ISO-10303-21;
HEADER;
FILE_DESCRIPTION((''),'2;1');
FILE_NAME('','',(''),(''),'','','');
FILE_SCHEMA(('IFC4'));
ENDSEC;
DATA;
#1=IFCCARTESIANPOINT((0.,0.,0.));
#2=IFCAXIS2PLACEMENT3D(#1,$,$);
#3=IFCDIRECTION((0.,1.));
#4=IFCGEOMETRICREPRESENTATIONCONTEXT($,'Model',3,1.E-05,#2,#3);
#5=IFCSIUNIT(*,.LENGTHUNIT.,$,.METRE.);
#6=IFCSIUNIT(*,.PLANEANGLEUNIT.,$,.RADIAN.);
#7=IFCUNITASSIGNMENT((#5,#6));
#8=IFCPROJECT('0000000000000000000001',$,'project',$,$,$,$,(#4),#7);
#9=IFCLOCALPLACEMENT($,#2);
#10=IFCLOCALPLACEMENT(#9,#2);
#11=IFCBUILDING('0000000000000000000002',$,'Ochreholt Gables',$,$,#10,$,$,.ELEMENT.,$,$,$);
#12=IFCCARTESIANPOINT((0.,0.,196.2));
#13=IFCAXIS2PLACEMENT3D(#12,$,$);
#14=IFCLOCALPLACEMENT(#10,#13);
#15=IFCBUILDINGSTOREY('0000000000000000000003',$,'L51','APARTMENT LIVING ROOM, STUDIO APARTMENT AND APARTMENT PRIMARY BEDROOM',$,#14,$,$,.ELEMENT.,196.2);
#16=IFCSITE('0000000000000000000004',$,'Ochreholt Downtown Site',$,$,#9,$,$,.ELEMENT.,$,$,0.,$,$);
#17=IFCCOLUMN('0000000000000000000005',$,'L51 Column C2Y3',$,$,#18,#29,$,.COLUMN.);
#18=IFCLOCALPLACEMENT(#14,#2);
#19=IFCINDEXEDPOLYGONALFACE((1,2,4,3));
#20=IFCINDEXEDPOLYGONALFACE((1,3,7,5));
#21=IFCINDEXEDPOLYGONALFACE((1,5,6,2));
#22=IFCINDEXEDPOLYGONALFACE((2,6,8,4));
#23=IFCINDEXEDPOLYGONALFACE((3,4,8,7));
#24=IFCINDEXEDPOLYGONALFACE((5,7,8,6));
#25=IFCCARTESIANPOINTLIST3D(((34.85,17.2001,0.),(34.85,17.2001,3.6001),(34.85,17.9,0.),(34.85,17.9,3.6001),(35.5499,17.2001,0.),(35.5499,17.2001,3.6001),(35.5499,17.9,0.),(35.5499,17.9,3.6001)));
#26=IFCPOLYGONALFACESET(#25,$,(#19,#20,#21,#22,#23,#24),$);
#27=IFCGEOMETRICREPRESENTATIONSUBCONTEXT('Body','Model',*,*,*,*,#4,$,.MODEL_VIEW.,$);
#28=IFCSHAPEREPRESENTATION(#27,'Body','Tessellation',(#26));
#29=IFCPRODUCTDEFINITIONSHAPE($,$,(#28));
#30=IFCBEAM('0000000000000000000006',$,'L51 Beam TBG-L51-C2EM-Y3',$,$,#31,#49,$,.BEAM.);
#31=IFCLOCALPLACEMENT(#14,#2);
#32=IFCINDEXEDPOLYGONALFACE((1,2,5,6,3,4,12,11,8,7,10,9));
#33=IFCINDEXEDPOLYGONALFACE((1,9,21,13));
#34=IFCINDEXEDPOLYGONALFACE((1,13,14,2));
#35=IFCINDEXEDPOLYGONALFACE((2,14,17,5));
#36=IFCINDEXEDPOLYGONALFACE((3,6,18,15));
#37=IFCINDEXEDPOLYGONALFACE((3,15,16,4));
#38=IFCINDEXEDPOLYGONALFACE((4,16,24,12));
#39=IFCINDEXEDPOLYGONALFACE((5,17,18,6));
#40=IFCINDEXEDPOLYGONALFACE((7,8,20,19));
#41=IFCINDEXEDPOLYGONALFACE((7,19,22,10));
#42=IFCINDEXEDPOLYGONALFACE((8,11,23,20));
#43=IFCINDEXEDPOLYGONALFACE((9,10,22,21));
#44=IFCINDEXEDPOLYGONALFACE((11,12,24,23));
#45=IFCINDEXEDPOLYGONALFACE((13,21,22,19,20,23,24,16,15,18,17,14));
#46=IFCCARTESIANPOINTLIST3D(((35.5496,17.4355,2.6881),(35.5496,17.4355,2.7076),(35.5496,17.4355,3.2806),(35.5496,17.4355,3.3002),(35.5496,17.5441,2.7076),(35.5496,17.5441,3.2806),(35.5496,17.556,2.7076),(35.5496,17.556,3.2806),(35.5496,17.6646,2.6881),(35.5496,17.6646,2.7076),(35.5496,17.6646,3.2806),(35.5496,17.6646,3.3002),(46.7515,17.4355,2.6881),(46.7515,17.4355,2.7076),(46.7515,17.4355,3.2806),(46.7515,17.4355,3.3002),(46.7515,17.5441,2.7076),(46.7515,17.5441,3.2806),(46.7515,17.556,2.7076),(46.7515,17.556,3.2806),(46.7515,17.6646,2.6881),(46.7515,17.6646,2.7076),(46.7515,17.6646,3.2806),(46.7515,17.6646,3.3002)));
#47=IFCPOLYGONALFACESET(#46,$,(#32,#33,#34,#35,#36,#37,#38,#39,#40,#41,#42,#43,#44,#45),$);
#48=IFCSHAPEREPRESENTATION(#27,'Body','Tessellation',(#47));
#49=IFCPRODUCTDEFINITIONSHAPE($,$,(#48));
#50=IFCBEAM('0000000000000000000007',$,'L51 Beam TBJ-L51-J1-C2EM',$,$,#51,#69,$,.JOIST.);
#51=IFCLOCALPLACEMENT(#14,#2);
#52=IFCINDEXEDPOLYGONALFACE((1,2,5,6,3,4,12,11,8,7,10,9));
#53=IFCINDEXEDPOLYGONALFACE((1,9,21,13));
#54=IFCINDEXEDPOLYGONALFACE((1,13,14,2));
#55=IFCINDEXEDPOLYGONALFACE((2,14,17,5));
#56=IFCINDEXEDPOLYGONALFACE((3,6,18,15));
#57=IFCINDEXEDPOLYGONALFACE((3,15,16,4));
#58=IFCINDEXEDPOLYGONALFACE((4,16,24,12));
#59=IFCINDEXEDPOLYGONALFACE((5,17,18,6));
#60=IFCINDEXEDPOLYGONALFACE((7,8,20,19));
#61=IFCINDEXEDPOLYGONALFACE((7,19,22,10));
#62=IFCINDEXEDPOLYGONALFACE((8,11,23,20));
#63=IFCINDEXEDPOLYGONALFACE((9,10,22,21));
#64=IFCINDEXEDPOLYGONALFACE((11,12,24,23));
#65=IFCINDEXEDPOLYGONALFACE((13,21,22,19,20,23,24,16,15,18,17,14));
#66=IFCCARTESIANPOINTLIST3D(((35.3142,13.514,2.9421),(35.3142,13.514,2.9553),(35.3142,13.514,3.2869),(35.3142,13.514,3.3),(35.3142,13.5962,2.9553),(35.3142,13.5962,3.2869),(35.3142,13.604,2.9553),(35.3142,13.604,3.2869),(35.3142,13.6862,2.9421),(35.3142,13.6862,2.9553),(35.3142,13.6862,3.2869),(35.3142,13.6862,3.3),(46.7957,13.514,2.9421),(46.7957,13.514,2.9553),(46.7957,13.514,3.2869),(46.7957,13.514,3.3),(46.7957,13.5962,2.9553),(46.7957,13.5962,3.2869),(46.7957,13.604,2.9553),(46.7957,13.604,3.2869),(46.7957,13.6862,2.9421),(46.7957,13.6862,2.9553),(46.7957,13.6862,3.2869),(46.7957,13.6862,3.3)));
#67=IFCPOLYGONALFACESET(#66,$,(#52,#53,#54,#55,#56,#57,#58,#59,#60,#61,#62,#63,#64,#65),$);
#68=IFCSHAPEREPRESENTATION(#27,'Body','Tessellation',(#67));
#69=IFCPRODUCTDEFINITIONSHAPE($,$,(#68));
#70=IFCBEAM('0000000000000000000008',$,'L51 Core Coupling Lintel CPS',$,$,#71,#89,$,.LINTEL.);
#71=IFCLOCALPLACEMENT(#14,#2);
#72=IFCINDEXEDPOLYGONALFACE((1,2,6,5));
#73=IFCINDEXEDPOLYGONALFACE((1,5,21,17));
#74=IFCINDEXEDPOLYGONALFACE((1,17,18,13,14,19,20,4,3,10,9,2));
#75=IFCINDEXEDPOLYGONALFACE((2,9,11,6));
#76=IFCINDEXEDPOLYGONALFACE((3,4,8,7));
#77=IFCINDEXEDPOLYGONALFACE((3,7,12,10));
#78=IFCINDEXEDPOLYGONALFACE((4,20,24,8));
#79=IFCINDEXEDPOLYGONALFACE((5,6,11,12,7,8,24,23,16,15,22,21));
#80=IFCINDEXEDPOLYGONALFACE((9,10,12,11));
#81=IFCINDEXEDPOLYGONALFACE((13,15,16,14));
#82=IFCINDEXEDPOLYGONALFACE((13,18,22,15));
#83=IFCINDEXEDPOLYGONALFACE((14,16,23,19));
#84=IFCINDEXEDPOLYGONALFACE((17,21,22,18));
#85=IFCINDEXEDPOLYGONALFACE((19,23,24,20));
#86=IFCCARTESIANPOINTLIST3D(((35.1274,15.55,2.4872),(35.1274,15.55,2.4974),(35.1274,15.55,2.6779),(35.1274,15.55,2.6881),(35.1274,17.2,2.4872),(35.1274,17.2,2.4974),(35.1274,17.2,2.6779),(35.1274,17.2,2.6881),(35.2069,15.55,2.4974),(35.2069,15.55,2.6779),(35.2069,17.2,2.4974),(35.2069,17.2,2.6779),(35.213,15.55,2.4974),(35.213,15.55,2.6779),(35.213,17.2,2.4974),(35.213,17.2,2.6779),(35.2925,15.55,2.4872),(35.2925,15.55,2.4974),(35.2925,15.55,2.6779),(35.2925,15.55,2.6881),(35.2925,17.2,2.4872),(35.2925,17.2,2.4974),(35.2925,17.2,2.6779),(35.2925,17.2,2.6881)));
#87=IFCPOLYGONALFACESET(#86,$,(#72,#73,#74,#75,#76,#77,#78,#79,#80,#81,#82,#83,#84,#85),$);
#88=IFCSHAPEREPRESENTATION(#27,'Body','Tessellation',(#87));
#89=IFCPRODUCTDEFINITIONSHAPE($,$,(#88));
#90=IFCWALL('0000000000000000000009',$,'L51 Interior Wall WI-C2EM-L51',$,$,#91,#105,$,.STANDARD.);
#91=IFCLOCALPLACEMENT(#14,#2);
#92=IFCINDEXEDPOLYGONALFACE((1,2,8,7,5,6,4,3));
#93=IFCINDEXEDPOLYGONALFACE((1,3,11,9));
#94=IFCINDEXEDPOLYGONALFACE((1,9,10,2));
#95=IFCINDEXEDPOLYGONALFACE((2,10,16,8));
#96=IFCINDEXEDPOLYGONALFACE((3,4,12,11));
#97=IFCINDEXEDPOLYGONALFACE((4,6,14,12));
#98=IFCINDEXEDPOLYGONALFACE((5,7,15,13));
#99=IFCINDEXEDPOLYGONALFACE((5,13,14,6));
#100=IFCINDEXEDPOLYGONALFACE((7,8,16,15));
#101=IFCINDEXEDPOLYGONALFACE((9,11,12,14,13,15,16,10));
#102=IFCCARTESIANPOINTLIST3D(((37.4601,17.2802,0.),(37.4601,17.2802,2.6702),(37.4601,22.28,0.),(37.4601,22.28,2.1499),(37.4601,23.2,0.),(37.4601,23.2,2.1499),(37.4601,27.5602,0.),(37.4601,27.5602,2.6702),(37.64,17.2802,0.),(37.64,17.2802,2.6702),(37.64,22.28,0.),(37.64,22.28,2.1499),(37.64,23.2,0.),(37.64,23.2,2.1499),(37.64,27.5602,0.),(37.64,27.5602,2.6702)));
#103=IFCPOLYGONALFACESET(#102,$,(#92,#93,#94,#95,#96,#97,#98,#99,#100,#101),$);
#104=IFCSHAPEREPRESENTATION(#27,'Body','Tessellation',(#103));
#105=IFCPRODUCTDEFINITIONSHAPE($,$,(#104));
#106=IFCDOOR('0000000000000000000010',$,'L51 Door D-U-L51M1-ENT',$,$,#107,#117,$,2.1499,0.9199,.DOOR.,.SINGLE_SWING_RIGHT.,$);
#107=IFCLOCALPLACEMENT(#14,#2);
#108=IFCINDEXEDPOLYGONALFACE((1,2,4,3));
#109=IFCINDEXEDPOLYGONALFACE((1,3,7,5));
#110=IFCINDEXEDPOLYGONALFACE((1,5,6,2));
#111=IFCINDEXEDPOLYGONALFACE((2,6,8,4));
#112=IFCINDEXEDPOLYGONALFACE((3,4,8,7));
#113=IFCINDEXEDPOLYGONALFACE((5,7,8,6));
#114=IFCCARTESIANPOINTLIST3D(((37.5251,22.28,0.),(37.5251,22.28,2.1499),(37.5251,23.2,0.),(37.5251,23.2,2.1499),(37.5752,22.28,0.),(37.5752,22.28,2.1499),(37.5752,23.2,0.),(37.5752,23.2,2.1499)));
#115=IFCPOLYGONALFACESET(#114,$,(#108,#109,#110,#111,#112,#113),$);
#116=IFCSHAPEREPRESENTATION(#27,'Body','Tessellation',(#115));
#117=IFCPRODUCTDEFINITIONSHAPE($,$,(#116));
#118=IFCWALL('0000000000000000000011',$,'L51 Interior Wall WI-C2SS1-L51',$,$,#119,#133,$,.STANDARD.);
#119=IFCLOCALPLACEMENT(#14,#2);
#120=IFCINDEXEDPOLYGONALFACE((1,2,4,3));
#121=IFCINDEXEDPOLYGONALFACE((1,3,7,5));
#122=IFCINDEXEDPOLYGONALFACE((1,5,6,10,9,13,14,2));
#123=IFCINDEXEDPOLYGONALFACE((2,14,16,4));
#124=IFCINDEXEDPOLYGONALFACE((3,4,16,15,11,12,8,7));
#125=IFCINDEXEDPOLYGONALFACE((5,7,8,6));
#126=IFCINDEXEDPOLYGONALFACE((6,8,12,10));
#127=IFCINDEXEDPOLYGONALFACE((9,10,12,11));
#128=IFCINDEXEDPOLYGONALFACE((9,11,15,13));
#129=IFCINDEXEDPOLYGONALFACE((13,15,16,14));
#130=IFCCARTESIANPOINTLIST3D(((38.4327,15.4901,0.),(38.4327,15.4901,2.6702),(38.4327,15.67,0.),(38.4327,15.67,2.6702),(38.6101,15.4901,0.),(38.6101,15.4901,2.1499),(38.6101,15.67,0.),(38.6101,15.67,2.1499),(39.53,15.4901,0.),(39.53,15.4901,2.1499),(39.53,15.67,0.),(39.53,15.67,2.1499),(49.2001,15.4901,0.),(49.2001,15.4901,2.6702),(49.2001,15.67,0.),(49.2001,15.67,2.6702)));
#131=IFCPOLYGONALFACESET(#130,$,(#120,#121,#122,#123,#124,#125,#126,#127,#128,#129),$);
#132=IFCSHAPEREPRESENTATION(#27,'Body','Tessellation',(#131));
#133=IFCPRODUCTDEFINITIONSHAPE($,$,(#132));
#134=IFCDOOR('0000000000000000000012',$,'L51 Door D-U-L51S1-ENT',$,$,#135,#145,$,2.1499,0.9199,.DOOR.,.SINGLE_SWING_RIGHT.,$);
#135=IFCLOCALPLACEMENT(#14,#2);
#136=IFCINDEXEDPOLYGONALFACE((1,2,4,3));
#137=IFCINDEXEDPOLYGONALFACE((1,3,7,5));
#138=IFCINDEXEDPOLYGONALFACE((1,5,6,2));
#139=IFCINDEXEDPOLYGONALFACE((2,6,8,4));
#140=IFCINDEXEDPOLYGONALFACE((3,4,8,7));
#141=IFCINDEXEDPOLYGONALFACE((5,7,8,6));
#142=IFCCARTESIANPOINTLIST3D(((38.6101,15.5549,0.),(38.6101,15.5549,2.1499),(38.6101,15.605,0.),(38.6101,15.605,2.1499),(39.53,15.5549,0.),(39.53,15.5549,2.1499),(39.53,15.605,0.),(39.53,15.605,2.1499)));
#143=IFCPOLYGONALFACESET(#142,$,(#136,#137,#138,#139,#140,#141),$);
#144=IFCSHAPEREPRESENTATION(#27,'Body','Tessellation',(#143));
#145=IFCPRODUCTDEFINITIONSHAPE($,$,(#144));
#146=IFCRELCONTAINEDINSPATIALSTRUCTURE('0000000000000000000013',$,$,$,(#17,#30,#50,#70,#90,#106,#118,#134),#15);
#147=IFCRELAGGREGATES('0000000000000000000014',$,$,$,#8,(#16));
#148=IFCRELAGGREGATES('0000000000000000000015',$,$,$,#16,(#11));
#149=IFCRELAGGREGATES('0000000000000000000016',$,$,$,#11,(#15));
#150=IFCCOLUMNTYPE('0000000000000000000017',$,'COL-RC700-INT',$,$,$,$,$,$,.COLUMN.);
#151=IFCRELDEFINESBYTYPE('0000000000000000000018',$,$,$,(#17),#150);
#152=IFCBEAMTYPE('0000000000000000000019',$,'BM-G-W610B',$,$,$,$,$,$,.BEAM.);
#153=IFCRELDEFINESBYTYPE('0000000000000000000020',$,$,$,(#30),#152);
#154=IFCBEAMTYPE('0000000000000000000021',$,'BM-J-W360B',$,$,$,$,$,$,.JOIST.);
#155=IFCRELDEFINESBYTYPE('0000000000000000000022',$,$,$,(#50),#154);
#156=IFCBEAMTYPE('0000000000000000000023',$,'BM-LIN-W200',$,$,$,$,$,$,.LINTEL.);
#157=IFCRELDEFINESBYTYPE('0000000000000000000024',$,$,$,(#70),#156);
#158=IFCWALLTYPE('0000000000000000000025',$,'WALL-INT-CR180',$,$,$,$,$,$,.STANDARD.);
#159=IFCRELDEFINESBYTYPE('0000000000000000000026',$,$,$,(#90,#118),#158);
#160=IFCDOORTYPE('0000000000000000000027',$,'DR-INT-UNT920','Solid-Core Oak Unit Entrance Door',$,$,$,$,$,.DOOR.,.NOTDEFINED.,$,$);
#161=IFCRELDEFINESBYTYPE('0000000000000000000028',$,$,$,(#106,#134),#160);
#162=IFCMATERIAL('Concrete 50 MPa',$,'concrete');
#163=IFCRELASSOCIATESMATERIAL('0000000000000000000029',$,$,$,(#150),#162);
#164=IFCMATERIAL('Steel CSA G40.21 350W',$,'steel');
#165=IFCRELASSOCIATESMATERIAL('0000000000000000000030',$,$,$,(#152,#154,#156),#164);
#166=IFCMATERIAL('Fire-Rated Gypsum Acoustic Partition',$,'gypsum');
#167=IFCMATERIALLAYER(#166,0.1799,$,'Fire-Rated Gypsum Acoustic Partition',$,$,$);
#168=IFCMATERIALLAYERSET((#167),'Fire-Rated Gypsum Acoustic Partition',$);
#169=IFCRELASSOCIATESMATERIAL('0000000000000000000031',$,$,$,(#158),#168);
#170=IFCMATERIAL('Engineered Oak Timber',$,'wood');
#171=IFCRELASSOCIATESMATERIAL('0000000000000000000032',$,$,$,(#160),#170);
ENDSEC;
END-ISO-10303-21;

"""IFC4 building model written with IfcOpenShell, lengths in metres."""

from ifc_helpers import new_model, si_unit, direction, frame, frame_2d, origin, origin_2d, place, context, subcontext, project, spatial, rectangle, i_section, extrude, material, layer, layer_set, material_profile, profile_set, type_object, element, fill, save


model = new_model("IFC4")

# Units and contexts
model_context = context("Model", 3, precision=1e-05, world=origin(), true_north=direction((0.0, 1.0)))
body_context = subcontext(model_context, "Body", "Model", "MODEL_VIEW")
ifc_project = project(units=[si_unit("LENGTHUNIT", "METRE"), si_unit("PLANEANGLEUNIT", "RADIAN")], contexts=[model_context])

# Site, building, storey
site_placement = place(None, origin())
site = spatial("IfcSite", under=ifc_project, at=site_placement, Name="Ochreholt Downtown Site", CompositionType="ELEMENT", RefElevation=0.0)
building_placement = place(site_placement, origin())
building = spatial("IfcBuilding", under=site, at=building_placement, Name="Ochreholt Gables", CompositionType="ELEMENT")
storey_placement = place(building_placement, frame((0.0, 0.0, 196.2)))
storey = spatial("IfcBuildingStorey", under=building, at=storey_placement, Name="L51", Description="APARTMENT LIVING ROOM, STUDIO APARTMENT AND APARTMENT PRIMARY BEDROOM", CompositionType="ELEMENT", Elevation=196.2)

# Column
ifc_material_1 = material(Name="Concrete 50 MPa", Category="concrete")
ifc_material_profile_1 = material_profile(ifc_material_1, rectangle(XDim=0.7, YDim=0.7, at=origin_2d()), Name="RC700X700")
ifc_profile_set_1 = profile_set([ifc_material_profile_1], Name="Concrete 50 MPa")
column_type = type_object("IfcColumnType", Name="COL-RC700-INT", PredefinedType="COLUMN", material=ifc_profile_set_1)
column_placement = place(storey_placement, frame((35.2, 17.55, 0.0), z_axis=(0.0, 0.0, 1.0), x_axis=(1.0, 0.0, 0.0)))
element("IfcColumn", 1, at=column_placement, inside=storey, type_object=column_type, Name="L51 Column C2Y3", PredefinedType="COLUMN", context=body_context, shape_type="SweptSolid", body=[
    extrude(rectangle(XDim=0.7, YDim=0.7, at=origin_2d()), origin(), (0.0, 0.0, 1.0), 3.6001),
])

# Beams
ifc_material_2 = material(Name="Steel CSA G40.21 350W", Category="steel")
ifc_material_profile_2 = material_profile(ifc_material_2, i_section(OverallWidth=0.229, OverallDepth=0.6121, WebThickness=0.012, FlangeThickness=0.0195, at=origin_2d()), Name="W610X125")
ifc_profile_set_2 = profile_set([ifc_material_profile_2], Name="Steel CSA G40.21 350W")
beam_type_1 = type_object("IfcBeamType", Name="BM-G-W610B", PredefinedType="BEAM", material=ifc_profile_set_2)
beam_1_placement = place(storey_placement, frame((35.5496, 17.55, 2.9941), z_axis=(1.0, 0.0, 0.0), x_axis=(0.0, 1.0, 0.0)))
element("IfcBeam", 2, at=beam_1_placement, inside=storey, type_object=beam_type_1, Name="L51 Beam TBG-L51-C2EM-Y3", PredefinedType="BEAM", context=body_context, shape_type="SweptSolid", body=[
    extrude(i_section(OverallWidth=0.229, OverallDepth=0.6121, WebThickness=0.012, FlangeThickness=0.0195, at=origin_2d()), origin(), (0.0, 0.0, 1.0), 11.2019),
])
ifc_material_profile_3 = material_profile(ifc_material_2, i_section(OverallWidth=0.1721, OverallDepth=0.3579, WebThickness=0.0078, FlangeThickness=0.0132, at=origin_2d()), Name="W360X57")
ifc_profile_set_3 = profile_set([ifc_material_profile_3], Name="Steel CSA G40.21 350W")
beam_type_2 = type_object("IfcBeamType", Name="BM-J-W360B", PredefinedType="JOIST", material=ifc_profile_set_3)
beam_2_placement = place(storey_placement, frame((35.3142, 13.6001, 3.1211), z_axis=(1.0, 0.0, 0.0), x_axis=(0.0, 1.0, 0.0)))
element("IfcBeam", 3, at=beam_2_placement, inside=storey, type_object=beam_type_2, Name="L51 Beam TBJ-L51-J1-C2EM", PredefinedType="JOIST", context=body_context, shape_type="SweptSolid", body=[
    extrude(i_section(OverallWidth=0.1721, OverallDepth=0.3579, WebThickness=0.0078, FlangeThickness=0.0132, at=origin_2d()), origin(), (0.0, 0.0, 1.0), 11.4814),
])
ifc_material_profile_4 = material_profile(ifc_material_2, i_section(OverallWidth=0.165, OverallDepth=0.2009, WebThickness=0.0061, FlangeThickness=0.0103, at=origin_2d()), Name="W200X36")
ifc_profile_set_4 = profile_set([ifc_material_profile_4], Name="Steel CSA G40.21 350W")
beam_type_3 = type_object("IfcBeamType", Name="BM-LIN-W200", PredefinedType="LINTEL", material=ifc_profile_set_4)
beam_3_placement = place(storey_placement, frame((35.21, 15.55, 2.5876), z_axis=(0.0, 1.0, 0.0), x_axis=(-1.0, 0.0, 0.0)))
element("IfcBeam", 4, at=beam_3_placement, inside=storey, type_object=beam_type_3, Name="L51 Core Coupling Lintel CPS", PredefinedType="LINTEL", context=body_context, shape_type="SweptSolid", body=[
    extrude(i_section(OverallWidth=0.165, OverallDepth=0.2009, WebThickness=0.0061, FlangeThickness=0.0103, at=origin_2d()), origin(), (0.0, 0.0, 1.0), 1.6499),
])

# Walls, openings, doors
ifc_material_3 = material(Name="Fire-Rated Gypsum Acoustic Partition", Category="gypsum")
ifc_layer_1 = layer(ifc_material_3, 0.1799, Name="Fire-Rated Gypsum Acoustic Partition")
ifc_layer_set_1 = layer_set([ifc_layer_1], Name="Fire-Rated Gypsum Acoustic Partition")
wall_type_1 = type_object("IfcWallType", Name="WALL-INT-CR180", PredefinedType="STANDARD", material=ifc_layer_set_1)
wall_1_placement = place(storey_placement, frame((37.55, 17.28, 0.0), z_axis=(0.0, 0.0, 1.0), x_axis=(0.0, 1.0, 0.0)))
wall_1 = element("IfcWall", 5, at=wall_1_placement, inside=storey, type_object=wall_type_1, Name="L51 Interior Wall WI-C2EM-L51", PredefinedType="STANDARD", context=body_context, shape_type="SweptSolid", body=[
    extrude(rectangle(XDim=10.28, YDim=0.1799, at=frame_2d((5.1401, 0.0))), origin(), (0.0, 0.0, 1.0), 2.6702),
])
opening_1_placement = place(wall_1_placement, frame((5.0, 0.0, 0.0)))
opening_1 = element("IfcOpeningElement", 6, at=opening_1_placement, cuts=wall_1, PredefinedType="OPENING", context=body_context, shape_type="SweptSolid", body=[
    extrude(rectangle(XDim=0.9199, YDim=2.1499, at=frame_2d((0.46, 1.075))), frame((0.0, 0.0999, 0.0), z_axis=(0.0, -1.0, 0.0), x_axis=(1.0, 0.0, 0.0)), (0.0, 0.0, 1.0), 0.2),
])
ifc_material_4 = material(Name="Engineered Oak Timber", Category="wood")
door_type_1 = type_object("IfcDoorType", Name="DR-INT-UNT920", Description="Solid-Core Oak Unit Entrance Door", OperationType="NOTDEFINED", PredefinedType="DOOR", material=ifc_material_4)
door_1_placement = place(opening_1_placement, origin())
door_1 = element("IfcDoor", 7, at=door_1_placement, inside=storey, type_object=door_type_1, Name="L51 Door D-U-L51M1-ENT", OperationType="SINGLE_SWING_RIGHT", OverallHeight=2.1499, OverallWidth=0.9199, PredefinedType="DOOR", context=body_context, shape_type="SweptSolid", body=[
    extrude(rectangle(XDim=0.9199, YDim=2.1499, at=frame_2d((0.46, 1.075))), frame((0.0, 0.0249, 0.0), z_axis=(0.0, -1.0, 0.0), x_axis=(1.0, 0.0, 0.0)), (0.0, 0.0, 1.0), 0.05),
])
fill(opening_1, door_1)
wall_2_placement = place(storey_placement, frame((38.4326, 15.5801, 0.0), z_axis=(0.0, 0.0, 1.0), x_axis=(1.0, 0.0, 0.0)))
wall_2 = element("IfcWall", 8, at=wall_2_placement, inside=storey, type_object=wall_type_1, Name="L51 Interior Wall WI-C2SS1-L51", PredefinedType="STANDARD", context=body_context, shape_type="SweptSolid", body=[
    extrude(rectangle(XDim=10.7673, YDim=0.1799, at=frame_2d((5.3838, 0.0))), origin(), (0.0, 0.0, 1.0), 2.6702),
])
opening_2_placement = place(wall_2_placement, frame((0.1775, 0.0, 0.0)))
opening_2 = element("IfcOpeningElement", 9, at=opening_2_placement, cuts=wall_2, PredefinedType="OPENING", context=body_context, shape_type="SweptSolid", body=[
    extrude(rectangle(XDim=0.9199, YDim=2.1499, at=frame_2d((0.46, 1.075))), frame((0.0, 0.0999, 0.0), z_axis=(0.0, -1.0, 0.0), x_axis=(1.0, 0.0, 0.0)), (0.0, 0.0, 1.0), 0.2),
])
door_2_placement = place(opening_2_placement, origin())
door_2 = element("IfcDoor", 10, at=door_2_placement, inside=storey, type_object=door_type_1, Name="L51 Door D-U-L51S1-ENT", OperationType="SINGLE_SWING_RIGHT", OverallHeight=2.1499, OverallWidth=0.9199, PredefinedType="DOOR", context=body_context, shape_type="SweptSolid", body=[
    extrude(rectangle(XDim=0.9199, YDim=2.1499, at=frame_2d((0.46, 1.075))), frame((0.0, 0.0249, 0.0), z_axis=(0.0, -1.0, 0.0), x_axis=(1.0, 0.0, 0.0)), (0.0, 0.0, 1.0), 0.05),
])
fill(opening_2, door_2)

save(model, "model.ifc")
